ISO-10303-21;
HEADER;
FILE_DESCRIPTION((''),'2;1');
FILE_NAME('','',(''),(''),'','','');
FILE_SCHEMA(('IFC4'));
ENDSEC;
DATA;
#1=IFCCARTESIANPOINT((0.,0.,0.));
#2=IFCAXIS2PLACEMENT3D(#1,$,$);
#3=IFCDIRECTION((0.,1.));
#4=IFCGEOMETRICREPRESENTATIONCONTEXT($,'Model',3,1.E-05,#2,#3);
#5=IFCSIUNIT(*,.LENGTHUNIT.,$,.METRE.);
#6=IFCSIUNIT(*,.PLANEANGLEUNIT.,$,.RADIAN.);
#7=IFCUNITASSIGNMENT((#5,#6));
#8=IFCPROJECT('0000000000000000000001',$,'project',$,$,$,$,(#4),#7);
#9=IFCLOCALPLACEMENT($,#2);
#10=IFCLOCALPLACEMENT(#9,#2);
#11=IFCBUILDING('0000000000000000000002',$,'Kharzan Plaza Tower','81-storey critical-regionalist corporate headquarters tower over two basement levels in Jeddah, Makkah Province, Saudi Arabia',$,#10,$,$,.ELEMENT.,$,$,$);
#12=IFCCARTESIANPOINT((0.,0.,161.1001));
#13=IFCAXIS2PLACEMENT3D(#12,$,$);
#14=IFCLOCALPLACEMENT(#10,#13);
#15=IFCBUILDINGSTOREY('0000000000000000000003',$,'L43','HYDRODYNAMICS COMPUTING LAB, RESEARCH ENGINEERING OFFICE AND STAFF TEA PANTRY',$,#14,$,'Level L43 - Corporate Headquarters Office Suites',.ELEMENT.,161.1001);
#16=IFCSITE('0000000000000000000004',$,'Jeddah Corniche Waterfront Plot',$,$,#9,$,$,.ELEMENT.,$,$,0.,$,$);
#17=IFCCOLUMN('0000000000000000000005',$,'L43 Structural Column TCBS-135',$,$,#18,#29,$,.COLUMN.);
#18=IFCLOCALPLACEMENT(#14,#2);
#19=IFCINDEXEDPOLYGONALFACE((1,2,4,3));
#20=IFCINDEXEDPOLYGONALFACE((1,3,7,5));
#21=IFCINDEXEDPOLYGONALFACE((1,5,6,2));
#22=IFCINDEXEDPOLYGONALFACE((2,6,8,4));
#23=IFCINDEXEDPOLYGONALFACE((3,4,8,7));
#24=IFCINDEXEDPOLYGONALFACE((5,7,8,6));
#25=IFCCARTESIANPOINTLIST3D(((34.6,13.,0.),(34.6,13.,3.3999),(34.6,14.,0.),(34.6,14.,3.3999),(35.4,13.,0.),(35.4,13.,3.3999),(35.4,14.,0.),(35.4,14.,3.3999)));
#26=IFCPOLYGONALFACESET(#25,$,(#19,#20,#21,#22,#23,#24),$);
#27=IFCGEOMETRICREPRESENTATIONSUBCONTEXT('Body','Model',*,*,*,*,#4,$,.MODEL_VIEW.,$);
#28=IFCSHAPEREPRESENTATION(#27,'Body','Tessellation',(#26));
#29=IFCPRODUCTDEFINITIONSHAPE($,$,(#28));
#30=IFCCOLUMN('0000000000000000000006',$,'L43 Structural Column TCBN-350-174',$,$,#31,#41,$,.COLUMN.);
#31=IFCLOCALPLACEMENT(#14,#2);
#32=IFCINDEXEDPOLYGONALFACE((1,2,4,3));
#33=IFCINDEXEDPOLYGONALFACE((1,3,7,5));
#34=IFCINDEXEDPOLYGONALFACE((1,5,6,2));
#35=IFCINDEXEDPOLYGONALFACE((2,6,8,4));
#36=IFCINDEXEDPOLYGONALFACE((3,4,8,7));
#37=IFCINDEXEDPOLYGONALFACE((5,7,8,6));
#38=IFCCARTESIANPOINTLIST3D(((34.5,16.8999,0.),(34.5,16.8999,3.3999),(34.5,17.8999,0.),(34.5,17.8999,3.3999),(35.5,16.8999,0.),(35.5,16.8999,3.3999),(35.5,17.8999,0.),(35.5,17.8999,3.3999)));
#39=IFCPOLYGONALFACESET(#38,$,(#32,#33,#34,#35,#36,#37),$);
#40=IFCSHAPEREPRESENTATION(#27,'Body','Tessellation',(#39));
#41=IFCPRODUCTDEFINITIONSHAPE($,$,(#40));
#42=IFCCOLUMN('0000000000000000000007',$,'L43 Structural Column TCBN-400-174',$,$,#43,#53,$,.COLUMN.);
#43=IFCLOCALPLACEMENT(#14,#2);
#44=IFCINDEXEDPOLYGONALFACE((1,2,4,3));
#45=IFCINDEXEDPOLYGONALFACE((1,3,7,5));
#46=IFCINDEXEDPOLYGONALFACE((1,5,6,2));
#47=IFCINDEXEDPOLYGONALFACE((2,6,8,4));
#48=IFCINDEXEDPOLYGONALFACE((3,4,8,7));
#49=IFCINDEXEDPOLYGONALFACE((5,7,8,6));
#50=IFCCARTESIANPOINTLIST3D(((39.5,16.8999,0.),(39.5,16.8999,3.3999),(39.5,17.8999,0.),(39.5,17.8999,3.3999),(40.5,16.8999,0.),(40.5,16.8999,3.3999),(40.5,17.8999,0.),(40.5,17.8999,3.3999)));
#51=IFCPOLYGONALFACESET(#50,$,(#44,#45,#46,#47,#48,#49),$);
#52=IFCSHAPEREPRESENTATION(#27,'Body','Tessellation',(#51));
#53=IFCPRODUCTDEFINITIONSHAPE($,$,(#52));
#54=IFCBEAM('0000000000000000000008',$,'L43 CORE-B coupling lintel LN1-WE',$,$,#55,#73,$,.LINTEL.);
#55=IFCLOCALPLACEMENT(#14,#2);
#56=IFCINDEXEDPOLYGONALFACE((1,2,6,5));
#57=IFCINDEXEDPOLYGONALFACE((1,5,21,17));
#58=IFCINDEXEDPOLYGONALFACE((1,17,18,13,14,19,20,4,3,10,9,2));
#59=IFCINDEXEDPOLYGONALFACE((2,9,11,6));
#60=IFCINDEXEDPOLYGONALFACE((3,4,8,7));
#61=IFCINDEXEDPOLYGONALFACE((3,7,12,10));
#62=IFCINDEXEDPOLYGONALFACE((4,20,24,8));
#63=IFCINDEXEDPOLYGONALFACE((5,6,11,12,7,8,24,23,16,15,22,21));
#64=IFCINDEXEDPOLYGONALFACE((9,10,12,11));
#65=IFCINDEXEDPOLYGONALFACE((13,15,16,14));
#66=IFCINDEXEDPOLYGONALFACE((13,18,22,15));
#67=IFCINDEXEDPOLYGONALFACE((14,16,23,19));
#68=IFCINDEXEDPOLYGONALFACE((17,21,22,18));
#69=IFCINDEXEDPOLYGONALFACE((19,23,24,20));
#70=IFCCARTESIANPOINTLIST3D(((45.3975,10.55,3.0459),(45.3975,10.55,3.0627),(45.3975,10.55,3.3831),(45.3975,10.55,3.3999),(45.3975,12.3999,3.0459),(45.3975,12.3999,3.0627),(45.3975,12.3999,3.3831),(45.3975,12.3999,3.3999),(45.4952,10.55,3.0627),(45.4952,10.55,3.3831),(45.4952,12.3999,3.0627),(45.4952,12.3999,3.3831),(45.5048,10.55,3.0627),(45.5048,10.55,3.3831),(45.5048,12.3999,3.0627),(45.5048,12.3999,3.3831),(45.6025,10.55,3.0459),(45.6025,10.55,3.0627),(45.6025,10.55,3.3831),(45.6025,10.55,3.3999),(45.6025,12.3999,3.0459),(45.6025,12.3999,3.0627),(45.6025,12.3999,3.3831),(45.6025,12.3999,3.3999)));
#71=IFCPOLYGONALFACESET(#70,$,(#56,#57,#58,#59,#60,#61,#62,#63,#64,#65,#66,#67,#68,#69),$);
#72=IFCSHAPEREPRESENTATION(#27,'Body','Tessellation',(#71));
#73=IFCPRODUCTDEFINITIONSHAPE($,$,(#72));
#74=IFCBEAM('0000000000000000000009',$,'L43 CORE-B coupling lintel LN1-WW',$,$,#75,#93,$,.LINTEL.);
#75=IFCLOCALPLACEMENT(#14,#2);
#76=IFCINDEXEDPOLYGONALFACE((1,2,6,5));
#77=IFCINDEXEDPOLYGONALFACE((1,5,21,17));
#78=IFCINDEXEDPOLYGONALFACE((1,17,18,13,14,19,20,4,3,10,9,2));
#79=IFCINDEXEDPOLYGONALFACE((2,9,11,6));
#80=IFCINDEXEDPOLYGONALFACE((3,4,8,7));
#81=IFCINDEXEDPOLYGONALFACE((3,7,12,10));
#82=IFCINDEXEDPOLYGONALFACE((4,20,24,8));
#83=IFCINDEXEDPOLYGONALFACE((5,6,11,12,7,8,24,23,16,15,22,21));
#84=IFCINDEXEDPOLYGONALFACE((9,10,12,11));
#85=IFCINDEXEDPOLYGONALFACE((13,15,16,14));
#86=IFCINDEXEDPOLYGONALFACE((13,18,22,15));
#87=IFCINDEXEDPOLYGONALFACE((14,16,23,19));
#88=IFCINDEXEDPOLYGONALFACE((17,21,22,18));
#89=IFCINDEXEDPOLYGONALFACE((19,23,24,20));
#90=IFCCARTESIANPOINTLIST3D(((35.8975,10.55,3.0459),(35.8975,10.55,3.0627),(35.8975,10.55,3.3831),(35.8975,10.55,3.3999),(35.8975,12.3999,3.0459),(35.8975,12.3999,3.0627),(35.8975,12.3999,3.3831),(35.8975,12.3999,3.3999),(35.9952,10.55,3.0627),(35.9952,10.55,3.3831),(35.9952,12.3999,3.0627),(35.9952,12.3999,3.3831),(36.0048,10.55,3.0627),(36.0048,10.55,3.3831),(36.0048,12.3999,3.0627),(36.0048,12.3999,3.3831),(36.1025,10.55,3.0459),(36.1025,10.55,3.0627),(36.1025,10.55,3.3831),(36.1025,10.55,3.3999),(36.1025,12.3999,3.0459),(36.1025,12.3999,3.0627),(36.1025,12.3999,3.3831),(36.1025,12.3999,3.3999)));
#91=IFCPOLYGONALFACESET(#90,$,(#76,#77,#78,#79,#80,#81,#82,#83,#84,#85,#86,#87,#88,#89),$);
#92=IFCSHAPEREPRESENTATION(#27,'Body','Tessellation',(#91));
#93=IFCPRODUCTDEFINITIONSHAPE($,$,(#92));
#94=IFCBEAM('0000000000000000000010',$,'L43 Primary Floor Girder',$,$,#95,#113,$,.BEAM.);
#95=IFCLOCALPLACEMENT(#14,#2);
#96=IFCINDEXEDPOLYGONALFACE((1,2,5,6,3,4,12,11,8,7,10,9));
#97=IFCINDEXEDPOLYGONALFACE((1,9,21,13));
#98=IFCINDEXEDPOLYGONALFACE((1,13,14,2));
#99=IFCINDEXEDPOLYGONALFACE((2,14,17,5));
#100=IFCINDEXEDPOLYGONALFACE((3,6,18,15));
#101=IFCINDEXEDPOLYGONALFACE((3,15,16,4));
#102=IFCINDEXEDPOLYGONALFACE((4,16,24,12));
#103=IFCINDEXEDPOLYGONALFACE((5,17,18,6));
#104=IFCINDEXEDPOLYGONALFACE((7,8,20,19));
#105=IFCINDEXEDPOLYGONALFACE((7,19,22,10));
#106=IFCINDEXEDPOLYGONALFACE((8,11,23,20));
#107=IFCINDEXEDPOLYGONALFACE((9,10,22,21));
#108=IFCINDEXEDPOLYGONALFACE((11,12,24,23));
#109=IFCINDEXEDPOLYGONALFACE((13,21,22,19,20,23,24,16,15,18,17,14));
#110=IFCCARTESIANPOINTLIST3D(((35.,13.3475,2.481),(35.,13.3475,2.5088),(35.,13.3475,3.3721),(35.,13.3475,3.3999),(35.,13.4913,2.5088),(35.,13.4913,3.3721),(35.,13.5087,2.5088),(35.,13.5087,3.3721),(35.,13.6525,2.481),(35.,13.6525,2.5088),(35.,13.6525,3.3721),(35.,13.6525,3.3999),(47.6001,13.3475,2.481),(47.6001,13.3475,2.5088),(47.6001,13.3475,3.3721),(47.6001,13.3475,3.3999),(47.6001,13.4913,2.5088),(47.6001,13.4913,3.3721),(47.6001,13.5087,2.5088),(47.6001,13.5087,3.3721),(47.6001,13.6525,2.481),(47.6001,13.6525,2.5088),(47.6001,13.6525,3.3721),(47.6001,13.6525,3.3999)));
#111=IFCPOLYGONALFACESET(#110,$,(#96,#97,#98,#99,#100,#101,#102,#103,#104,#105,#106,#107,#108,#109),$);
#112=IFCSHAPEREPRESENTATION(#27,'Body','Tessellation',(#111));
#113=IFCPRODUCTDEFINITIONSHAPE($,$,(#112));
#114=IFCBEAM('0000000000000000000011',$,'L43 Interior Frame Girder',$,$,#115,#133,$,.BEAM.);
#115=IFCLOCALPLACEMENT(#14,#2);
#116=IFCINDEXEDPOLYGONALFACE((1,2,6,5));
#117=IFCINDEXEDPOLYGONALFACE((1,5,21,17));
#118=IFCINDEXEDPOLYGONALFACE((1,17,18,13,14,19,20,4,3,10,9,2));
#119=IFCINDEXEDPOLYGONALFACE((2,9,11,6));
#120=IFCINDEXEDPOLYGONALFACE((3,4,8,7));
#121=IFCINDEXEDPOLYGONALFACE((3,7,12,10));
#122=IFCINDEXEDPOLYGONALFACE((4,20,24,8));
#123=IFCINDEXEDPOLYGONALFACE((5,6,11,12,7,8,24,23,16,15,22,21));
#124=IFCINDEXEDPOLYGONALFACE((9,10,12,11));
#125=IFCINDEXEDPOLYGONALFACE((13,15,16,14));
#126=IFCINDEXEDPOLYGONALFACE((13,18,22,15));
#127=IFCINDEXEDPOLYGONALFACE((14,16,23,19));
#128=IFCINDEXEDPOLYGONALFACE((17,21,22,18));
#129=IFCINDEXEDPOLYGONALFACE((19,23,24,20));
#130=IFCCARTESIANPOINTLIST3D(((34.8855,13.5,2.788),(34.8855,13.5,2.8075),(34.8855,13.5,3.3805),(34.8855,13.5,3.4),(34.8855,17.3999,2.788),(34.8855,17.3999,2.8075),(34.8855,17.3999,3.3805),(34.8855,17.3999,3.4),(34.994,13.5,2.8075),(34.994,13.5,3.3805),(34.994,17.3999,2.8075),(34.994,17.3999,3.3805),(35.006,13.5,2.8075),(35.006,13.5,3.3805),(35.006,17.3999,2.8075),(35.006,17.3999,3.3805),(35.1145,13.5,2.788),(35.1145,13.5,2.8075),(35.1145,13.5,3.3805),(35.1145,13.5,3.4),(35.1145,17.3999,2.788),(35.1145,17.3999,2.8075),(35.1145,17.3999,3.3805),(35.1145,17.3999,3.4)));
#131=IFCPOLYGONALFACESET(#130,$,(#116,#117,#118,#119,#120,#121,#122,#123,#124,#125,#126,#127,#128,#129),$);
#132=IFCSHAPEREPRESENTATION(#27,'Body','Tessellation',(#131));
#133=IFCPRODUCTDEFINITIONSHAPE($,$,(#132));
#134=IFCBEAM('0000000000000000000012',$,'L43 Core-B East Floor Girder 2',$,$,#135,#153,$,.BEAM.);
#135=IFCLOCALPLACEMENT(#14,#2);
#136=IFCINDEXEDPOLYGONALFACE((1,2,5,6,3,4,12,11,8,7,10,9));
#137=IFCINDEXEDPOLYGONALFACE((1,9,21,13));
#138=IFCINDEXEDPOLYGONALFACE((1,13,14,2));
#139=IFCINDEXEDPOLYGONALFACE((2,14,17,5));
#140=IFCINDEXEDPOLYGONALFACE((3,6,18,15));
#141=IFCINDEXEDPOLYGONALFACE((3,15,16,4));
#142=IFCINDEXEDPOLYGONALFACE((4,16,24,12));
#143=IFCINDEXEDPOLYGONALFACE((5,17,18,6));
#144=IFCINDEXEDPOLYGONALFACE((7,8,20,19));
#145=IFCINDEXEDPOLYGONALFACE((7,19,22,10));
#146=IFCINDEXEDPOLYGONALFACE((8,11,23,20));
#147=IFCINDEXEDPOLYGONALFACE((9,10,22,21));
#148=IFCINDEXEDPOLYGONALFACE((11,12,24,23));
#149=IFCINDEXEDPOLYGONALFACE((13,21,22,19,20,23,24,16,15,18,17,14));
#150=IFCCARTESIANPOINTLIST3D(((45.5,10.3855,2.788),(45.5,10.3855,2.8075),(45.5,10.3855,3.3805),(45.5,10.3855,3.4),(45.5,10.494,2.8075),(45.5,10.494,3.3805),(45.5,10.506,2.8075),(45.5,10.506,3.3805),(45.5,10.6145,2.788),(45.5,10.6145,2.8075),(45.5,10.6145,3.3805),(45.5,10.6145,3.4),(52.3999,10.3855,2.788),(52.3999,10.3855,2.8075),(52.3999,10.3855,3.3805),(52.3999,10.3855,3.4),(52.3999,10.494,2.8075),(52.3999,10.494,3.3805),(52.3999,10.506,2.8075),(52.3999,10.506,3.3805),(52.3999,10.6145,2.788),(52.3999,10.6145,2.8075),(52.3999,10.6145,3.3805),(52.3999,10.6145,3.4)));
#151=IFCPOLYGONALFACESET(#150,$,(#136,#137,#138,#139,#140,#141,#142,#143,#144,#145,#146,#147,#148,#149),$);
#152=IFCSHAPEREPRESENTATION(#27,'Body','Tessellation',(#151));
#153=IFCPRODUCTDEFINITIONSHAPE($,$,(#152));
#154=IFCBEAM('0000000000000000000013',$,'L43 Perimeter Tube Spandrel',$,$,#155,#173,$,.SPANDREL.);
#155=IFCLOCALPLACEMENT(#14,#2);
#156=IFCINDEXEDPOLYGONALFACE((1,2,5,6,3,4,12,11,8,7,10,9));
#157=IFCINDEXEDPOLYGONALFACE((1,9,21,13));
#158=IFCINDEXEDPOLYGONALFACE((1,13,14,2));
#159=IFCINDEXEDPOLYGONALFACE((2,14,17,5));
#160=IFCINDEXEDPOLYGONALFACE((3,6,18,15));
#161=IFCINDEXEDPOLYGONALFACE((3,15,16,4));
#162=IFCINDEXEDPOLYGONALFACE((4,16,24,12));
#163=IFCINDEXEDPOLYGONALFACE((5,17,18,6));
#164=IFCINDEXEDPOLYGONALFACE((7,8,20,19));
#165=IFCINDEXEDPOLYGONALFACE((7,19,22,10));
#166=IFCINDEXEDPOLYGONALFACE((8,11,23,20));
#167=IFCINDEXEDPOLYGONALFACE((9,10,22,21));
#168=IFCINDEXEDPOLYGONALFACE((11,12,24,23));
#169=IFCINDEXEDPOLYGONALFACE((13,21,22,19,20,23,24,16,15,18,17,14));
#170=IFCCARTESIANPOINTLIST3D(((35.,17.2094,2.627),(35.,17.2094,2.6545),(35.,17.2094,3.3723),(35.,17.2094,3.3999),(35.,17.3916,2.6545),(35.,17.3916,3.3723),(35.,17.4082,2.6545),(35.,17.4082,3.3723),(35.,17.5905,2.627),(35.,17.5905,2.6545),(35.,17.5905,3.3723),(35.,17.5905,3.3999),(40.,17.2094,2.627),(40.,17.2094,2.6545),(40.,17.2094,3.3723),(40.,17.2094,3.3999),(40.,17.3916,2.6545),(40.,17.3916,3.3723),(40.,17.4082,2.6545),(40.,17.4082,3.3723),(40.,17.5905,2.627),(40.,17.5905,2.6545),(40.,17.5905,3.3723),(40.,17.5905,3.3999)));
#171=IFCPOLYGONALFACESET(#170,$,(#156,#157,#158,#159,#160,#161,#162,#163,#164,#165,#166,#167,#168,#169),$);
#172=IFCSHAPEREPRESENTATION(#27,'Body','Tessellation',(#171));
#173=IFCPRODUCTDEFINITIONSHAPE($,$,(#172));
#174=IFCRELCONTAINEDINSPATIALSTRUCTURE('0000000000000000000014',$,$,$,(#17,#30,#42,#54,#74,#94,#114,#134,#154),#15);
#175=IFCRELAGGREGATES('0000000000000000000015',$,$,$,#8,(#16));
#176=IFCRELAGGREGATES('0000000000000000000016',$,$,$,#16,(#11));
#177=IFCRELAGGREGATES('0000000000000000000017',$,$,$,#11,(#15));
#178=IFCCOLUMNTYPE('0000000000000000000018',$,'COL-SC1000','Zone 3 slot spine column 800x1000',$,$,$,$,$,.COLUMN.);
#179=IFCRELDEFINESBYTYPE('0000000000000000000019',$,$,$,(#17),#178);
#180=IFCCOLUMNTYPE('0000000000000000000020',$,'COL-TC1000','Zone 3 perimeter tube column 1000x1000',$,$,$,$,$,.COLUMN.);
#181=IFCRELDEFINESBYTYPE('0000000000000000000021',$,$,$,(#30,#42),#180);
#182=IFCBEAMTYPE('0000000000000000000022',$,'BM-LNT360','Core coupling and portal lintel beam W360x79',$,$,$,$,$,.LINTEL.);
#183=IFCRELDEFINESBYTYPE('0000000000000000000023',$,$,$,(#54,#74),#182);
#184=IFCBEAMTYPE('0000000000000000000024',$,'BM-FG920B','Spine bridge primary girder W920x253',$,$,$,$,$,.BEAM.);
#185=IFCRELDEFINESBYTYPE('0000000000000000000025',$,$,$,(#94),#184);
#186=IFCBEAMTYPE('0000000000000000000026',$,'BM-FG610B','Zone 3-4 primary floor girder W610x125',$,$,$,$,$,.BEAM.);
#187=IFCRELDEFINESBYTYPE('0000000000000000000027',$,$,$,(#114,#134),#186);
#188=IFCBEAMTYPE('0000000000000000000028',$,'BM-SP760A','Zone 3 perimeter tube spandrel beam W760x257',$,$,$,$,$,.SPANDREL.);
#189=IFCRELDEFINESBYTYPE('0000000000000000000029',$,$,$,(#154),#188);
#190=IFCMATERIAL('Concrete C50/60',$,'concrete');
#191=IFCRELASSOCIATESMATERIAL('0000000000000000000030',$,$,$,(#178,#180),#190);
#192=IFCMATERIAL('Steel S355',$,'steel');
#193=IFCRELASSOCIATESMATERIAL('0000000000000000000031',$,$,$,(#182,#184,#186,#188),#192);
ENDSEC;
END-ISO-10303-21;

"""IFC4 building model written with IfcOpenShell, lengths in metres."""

from ifc_helpers import new_model, si_unit, direction, frame, origin, origin_2d, place, context, subcontext, project, spatial, rectangle, i_section, extrude, source, transform, mapped, material, material_profile, profile_set, type_object, element, save


model = new_model("IFC4")

# Units and contexts
model_context = context("Model", 3, precision=1e-05, world=origin(), true_north=direction((0.0, 1.0)))
body_context = subcontext(model_context, "Body", "Model", "MODEL_VIEW")
ifc_project = project(units=[si_unit("LENGTHUNIT", "METRE"), si_unit("PLANEANGLEUNIT", "RADIAN")], contexts=[model_context])

# Site, building, storey
site_placement = place(None, origin())
site = spatial("IfcSite", under=ifc_project, at=site_placement, Name="Jeddah Corniche Waterfront Plot", CompositionType="ELEMENT", RefElevation=0.0)
building_placement = place(site_placement, origin())
building = spatial("IfcBuilding", under=site, at=building_placement, Name="Kharzan Plaza Tower", Description="81-storey critical-regionalist corporate headquarters tower over two basement levels in Jeddah, Makkah Province, Saudi Arabia", CompositionType="ELEMENT")
storey_placement = place(building_placement, frame((0.0, 0.0, 161.1001)))
storey = spatial("IfcBuildingStorey", under=building, at=storey_placement, Name="L43", Description="HYDRODYNAMICS COMPUTING LAB, RESEARCH ENGINEERING OFFICE AND STAFF TEA PANTRY", LongName="Level L43 - Corporate Headquarters Office Suites", CompositionType="ELEMENT", Elevation=161.1001)

# Columns
ifc_material_1 = material(Name="Concrete C50/60", Category="concrete")
ifc_material_profile_1 = material_profile(ifc_material_1, rectangle(XDim=0.8, YDim=1.0, at=origin_2d()), Name="RC-SC1000x800")
ifc_profile_set_1 = profile_set([ifc_material_profile_1], Name="Concrete C50/60")
column_type_1 = type_object("IfcColumnType", Name="COL-SC1000", Description="Zone 3 slot spine column 800x1000", PredefinedType="COLUMN", material=ifc_profile_set_1)
shared_shape_1 = source(origin(), body_context, "Body", "SweptSolid", [
    extrude(rectangle(XDim=0.8, YDim=1.0, at=origin_2d()), origin(), (0.0, 0.0, 1.0), 3.3999),
])
column_placement = place(storey_placement, frame((35.0, 13.5, 0.0), z_axis=(0.0, 0.0, 1.0), x_axis=(1.0, 0.0, 0.0)))
element("IfcColumn", 1, at=column_placement, inside=storey, type_object=column_type_1, Name="L43 Structural Column TCBS-135", PredefinedType="COLUMN", context=body_context, shape_type="MappedRepresentation", body=[
    mapped(shared_shape_1, transform((0.0, 0.0, 0.0), x_axis=(1.0, 0.0, 0.0), y_axis=(0.0, 1.0, 0.0), z_axis=(0.0, 0.0, 1.0))),
])
ifc_material_profile_2 = material_profile(ifc_material_1, rectangle(XDim=1.0, YDim=1.0, at=origin_2d()), Name="RC-TC1000x1000")
ifc_profile_set_2 = profile_set([ifc_material_profile_2], Name="Concrete C50/60")
column_type_2 = type_object("IfcColumnType", Name="COL-TC1000", Description="Zone 3 perimeter tube column 1000x1000", PredefinedType="COLUMN", material=ifc_profile_set_2)
shared_shape_2 = source(origin(), body_context, "Body", "SweptSolid", [
    extrude(rectangle(XDim=1.0, YDim=1.0, at=origin_2d()), origin(), (0.0, 0.0, 1.0), 3.3999),
])
for number, where, z_axis, x_axis, name in (
    (2, (35.0, 17.3999, 0.0), (0.0, 0.0, 1.0), (1.0, 0.0, 0.0), "L43 Structural Column TCBN-350-174"),
    (3, (40.0, 17.3999, 0.0), (0.0, 0.0, 1.0), (1.0, 0.0, 0.0), "L43 Structural Column TCBN-400-174"),
):
    element("IfcColumn", number, at=place(storey_placement, frame(where, z_axis=z_axis, x_axis=x_axis)), inside=storey, type_object=column_type_2, Name=name, PredefinedType="COLUMN", context=body_context, shape_type="MappedRepresentation", body=[
        mapped(shared_shape_2, transform((0.0, 0.0, 0.0), x_axis=(1.0, 0.0, 0.0), y_axis=(0.0, 1.0, 0.0), z_axis=(0.0, 0.0, 1.0))),
    ])

# Beams
ifc_material_2 = material(Name="Steel S355", Category="steel")
ifc_material_profile_3 = material_profile(ifc_material_2, i_section(OverallWidth=0.2051, OverallDepth=0.354, WebThickness=0.0095, FlangeThickness=0.0168, at=origin_2d()), Name="W360x79")
ifc_profile_set_3 = profile_set([ifc_material_profile_3], Name="Steel S355")
beam_type_1 = type_object("IfcBeamType", Name="BM-LNT360", Description="Core coupling and portal lintel beam W360x79", PredefinedType="LINTEL", material=ifc_profile_set_3)
shared_shape_3 = source(origin(), body_context, "Body", "SweptSolid", [
    extrude(i_section(OverallWidth=0.2051, OverallDepth=0.354, WebThickness=0.0095, FlangeThickness=0.0168, at=origin_2d()), origin(), (0.0, 0.0, 1.0), 1.8499),
])
for number, where, z_axis, x_axis, name in (
    (4, (45.5, 10.55, 3.2229), (0.0, 1.0, 0.0), (-1.0, 0.0, 0.0), "L43 CORE-B coupling lintel LN1-WE"),
    (5, (36.0, 10.55, 3.2229), (0.0, 1.0, 0.0), (-1.0, 0.0, 0.0), "L43 CORE-B coupling lintel LN1-WW"),
):
    element("IfcBeam", number, at=place(storey_placement, frame(where, z_axis=z_axis, x_axis=x_axis)), inside=storey, type_object=beam_type_1, Name=name, PredefinedType="LINTEL", context=body_context, shape_type="MappedRepresentation", body=[
        mapped(shared_shape_3, transform((0.0, 0.0, 0.0), x_axis=(1.0, 0.0, 0.0), y_axis=(0.0, 1.0, 0.0), z_axis=(0.0, 0.0, 1.0))),
    ])
ifc_material_profile_4 = material_profile(ifc_material_2, i_section(OverallWidth=0.3049, OverallDepth=0.9189, WebThickness=0.0173, FlangeThickness=0.0278, at=origin_2d()), Name="W920x253")
ifc_profile_set_4 = profile_set([ifc_material_profile_4], Name="Steel S355")
beam_type_2 = type_object("IfcBeamType", Name="BM-FG920B", Description="Spine bridge primary girder W920x253", PredefinedType="BEAM", material=ifc_profile_set_4)
shared_shape_4 = source(origin(), body_context, "Body", "SweptSolid", [
    extrude(i_section(OverallWidth=0.3049, OverallDepth=0.9189, WebThickness=0.0173, FlangeThickness=0.0278, at=origin_2d()), origin(), (0.0, 0.0, 1.0), 12.6001),
])
beam_1_placement = place(storey_placement, frame((35.0, 13.5, 2.9404), z_axis=(1.0, 0.0, 0.0), x_axis=(0.0, 1.0, 0.0)))
element("IfcBeam", 6, at=beam_1_placement, inside=storey, type_object=beam_type_2, Name="L43 Primary Floor Girder", PredefinedType="BEAM", context=body_context, shape_type="MappedRepresentation", body=[
    mapped(shared_shape_4, transform((0.0, 0.0, 0.0), x_axis=(1.0, 0.0, 0.0), y_axis=(0.0, 1.0, 0.0), z_axis=(0.0, 0.0, 1.0))),
])
ifc_material_profile_5 = material_profile(ifc_material_2, i_section(OverallWidth=0.229, OverallDepth=0.6121, WebThickness=0.012, FlangeThickness=0.0195, at=origin_2d()), Name="W610x125")
ifc_profile_set_5 = profile_set([ifc_material_profile_5], Name="Steel S355")
beam_type_3 = type_object("IfcBeamType", Name="BM-FG610B", Description="Zone 3-4 primary floor girder W610x125", PredefinedType="BEAM", material=ifc_profile_set_5)
shared_shape_5 = source(origin(), body_context, "Body", "SweptSolid", [
    extrude(i_section(OverallWidth=0.229, OverallDepth=0.6121, WebThickness=0.012, FlangeThickness=0.0195, at=origin_2d()), origin(), (0.0, 0.0, 1.0), 3.8999),
])
beam_2_placement = place(storey_placement, frame((35.0, 13.5, 3.094), z_axis=(0.0, 1.0, 0.0), x_axis=(-1.0, 0.0, 0.0)))
element("IfcBeam", 7, at=beam_2_placement, inside=storey, type_object=beam_type_3, Name="L43 Interior Frame Girder", PredefinedType="BEAM", context=body_context, shape_type="MappedRepresentation", body=[
    mapped(shared_shape_5, transform((0.0, 0.0, 0.0), x_axis=(1.0, 0.0, 0.0), y_axis=(0.0, 1.0, 0.0), z_axis=(0.0, 0.0, 1.0))),
])
shared_shape_6 = source(origin(), body_context, "Body", "SweptSolid", [
    extrude(i_section(OverallWidth=0.229, OverallDepth=0.6121, WebThickness=0.012, FlangeThickness=0.0195, at=origin_2d()), origin(), (0.0, 0.0, 1.0), 6.8999),
])
beam_3_placement = place(storey_placement, frame((45.5, 10.5, 3.094), z_axis=(1.0, 0.0, 0.0), x_axis=(0.0, 1.0, 0.0)))
element("IfcBeam", 8, at=beam_3_placement, inside=storey, type_object=beam_type_3, Name="L43 Core-B East Floor Girder 2", PredefinedType="BEAM", context=body_context, shape_type="MappedRepresentation", body=[
    mapped(shared_shape_6, transform((0.0, 0.0, 0.0), x_axis=(1.0, 0.0, 0.0), y_axis=(0.0, 1.0, 0.0), z_axis=(0.0, 0.0, 1.0))),
])
ifc_material_profile_6 = material_profile(ifc_material_2, i_section(OverallWidth=0.3811, OverallDepth=0.7729, WebThickness=0.0166, FlangeThickness=0.0276, at=origin_2d()), Name="W760x257")
ifc_profile_set_6 = profile_set([ifc_material_profile_6], Name="Steel S355")
beam_type_4 = type_object("IfcBeamType", Name="BM-SP760A", Description="Zone 3 perimeter tube spandrel beam W760x257", PredefinedType="SPANDREL", material=ifc_profile_set_6)
shared_shape_7 = source(origin(), body_context, "Body", "SweptSolid", [
    extrude(i_section(OverallWidth=0.3811, OverallDepth=0.7729, WebThickness=0.0166, FlangeThickness=0.0276, at=origin_2d()), origin(), (0.0, 0.0, 1.0), 5.0),
])
beam_4_placement = place(storey_placement, frame((35.0, 17.3999, 3.0134), z_axis=(1.0, 0.0, 0.0), x_axis=(0.0, 1.0, 0.0)))
element("IfcBeam", 9, at=beam_4_placement, inside=storey, type_object=beam_type_4, Name="L43 Perimeter Tube Spandrel", PredefinedType="SPANDREL", context=body_context, shape_type="MappedRepresentation", body=[
    mapped(shared_shape_7, transform((0.0, 0.0, 0.0), x_axis=(1.0, 0.0, 0.0), y_axis=(0.0, 1.0, 0.0), z_axis=(0.0, 0.0, 1.0))),
])

save(model, "model.ifc")
